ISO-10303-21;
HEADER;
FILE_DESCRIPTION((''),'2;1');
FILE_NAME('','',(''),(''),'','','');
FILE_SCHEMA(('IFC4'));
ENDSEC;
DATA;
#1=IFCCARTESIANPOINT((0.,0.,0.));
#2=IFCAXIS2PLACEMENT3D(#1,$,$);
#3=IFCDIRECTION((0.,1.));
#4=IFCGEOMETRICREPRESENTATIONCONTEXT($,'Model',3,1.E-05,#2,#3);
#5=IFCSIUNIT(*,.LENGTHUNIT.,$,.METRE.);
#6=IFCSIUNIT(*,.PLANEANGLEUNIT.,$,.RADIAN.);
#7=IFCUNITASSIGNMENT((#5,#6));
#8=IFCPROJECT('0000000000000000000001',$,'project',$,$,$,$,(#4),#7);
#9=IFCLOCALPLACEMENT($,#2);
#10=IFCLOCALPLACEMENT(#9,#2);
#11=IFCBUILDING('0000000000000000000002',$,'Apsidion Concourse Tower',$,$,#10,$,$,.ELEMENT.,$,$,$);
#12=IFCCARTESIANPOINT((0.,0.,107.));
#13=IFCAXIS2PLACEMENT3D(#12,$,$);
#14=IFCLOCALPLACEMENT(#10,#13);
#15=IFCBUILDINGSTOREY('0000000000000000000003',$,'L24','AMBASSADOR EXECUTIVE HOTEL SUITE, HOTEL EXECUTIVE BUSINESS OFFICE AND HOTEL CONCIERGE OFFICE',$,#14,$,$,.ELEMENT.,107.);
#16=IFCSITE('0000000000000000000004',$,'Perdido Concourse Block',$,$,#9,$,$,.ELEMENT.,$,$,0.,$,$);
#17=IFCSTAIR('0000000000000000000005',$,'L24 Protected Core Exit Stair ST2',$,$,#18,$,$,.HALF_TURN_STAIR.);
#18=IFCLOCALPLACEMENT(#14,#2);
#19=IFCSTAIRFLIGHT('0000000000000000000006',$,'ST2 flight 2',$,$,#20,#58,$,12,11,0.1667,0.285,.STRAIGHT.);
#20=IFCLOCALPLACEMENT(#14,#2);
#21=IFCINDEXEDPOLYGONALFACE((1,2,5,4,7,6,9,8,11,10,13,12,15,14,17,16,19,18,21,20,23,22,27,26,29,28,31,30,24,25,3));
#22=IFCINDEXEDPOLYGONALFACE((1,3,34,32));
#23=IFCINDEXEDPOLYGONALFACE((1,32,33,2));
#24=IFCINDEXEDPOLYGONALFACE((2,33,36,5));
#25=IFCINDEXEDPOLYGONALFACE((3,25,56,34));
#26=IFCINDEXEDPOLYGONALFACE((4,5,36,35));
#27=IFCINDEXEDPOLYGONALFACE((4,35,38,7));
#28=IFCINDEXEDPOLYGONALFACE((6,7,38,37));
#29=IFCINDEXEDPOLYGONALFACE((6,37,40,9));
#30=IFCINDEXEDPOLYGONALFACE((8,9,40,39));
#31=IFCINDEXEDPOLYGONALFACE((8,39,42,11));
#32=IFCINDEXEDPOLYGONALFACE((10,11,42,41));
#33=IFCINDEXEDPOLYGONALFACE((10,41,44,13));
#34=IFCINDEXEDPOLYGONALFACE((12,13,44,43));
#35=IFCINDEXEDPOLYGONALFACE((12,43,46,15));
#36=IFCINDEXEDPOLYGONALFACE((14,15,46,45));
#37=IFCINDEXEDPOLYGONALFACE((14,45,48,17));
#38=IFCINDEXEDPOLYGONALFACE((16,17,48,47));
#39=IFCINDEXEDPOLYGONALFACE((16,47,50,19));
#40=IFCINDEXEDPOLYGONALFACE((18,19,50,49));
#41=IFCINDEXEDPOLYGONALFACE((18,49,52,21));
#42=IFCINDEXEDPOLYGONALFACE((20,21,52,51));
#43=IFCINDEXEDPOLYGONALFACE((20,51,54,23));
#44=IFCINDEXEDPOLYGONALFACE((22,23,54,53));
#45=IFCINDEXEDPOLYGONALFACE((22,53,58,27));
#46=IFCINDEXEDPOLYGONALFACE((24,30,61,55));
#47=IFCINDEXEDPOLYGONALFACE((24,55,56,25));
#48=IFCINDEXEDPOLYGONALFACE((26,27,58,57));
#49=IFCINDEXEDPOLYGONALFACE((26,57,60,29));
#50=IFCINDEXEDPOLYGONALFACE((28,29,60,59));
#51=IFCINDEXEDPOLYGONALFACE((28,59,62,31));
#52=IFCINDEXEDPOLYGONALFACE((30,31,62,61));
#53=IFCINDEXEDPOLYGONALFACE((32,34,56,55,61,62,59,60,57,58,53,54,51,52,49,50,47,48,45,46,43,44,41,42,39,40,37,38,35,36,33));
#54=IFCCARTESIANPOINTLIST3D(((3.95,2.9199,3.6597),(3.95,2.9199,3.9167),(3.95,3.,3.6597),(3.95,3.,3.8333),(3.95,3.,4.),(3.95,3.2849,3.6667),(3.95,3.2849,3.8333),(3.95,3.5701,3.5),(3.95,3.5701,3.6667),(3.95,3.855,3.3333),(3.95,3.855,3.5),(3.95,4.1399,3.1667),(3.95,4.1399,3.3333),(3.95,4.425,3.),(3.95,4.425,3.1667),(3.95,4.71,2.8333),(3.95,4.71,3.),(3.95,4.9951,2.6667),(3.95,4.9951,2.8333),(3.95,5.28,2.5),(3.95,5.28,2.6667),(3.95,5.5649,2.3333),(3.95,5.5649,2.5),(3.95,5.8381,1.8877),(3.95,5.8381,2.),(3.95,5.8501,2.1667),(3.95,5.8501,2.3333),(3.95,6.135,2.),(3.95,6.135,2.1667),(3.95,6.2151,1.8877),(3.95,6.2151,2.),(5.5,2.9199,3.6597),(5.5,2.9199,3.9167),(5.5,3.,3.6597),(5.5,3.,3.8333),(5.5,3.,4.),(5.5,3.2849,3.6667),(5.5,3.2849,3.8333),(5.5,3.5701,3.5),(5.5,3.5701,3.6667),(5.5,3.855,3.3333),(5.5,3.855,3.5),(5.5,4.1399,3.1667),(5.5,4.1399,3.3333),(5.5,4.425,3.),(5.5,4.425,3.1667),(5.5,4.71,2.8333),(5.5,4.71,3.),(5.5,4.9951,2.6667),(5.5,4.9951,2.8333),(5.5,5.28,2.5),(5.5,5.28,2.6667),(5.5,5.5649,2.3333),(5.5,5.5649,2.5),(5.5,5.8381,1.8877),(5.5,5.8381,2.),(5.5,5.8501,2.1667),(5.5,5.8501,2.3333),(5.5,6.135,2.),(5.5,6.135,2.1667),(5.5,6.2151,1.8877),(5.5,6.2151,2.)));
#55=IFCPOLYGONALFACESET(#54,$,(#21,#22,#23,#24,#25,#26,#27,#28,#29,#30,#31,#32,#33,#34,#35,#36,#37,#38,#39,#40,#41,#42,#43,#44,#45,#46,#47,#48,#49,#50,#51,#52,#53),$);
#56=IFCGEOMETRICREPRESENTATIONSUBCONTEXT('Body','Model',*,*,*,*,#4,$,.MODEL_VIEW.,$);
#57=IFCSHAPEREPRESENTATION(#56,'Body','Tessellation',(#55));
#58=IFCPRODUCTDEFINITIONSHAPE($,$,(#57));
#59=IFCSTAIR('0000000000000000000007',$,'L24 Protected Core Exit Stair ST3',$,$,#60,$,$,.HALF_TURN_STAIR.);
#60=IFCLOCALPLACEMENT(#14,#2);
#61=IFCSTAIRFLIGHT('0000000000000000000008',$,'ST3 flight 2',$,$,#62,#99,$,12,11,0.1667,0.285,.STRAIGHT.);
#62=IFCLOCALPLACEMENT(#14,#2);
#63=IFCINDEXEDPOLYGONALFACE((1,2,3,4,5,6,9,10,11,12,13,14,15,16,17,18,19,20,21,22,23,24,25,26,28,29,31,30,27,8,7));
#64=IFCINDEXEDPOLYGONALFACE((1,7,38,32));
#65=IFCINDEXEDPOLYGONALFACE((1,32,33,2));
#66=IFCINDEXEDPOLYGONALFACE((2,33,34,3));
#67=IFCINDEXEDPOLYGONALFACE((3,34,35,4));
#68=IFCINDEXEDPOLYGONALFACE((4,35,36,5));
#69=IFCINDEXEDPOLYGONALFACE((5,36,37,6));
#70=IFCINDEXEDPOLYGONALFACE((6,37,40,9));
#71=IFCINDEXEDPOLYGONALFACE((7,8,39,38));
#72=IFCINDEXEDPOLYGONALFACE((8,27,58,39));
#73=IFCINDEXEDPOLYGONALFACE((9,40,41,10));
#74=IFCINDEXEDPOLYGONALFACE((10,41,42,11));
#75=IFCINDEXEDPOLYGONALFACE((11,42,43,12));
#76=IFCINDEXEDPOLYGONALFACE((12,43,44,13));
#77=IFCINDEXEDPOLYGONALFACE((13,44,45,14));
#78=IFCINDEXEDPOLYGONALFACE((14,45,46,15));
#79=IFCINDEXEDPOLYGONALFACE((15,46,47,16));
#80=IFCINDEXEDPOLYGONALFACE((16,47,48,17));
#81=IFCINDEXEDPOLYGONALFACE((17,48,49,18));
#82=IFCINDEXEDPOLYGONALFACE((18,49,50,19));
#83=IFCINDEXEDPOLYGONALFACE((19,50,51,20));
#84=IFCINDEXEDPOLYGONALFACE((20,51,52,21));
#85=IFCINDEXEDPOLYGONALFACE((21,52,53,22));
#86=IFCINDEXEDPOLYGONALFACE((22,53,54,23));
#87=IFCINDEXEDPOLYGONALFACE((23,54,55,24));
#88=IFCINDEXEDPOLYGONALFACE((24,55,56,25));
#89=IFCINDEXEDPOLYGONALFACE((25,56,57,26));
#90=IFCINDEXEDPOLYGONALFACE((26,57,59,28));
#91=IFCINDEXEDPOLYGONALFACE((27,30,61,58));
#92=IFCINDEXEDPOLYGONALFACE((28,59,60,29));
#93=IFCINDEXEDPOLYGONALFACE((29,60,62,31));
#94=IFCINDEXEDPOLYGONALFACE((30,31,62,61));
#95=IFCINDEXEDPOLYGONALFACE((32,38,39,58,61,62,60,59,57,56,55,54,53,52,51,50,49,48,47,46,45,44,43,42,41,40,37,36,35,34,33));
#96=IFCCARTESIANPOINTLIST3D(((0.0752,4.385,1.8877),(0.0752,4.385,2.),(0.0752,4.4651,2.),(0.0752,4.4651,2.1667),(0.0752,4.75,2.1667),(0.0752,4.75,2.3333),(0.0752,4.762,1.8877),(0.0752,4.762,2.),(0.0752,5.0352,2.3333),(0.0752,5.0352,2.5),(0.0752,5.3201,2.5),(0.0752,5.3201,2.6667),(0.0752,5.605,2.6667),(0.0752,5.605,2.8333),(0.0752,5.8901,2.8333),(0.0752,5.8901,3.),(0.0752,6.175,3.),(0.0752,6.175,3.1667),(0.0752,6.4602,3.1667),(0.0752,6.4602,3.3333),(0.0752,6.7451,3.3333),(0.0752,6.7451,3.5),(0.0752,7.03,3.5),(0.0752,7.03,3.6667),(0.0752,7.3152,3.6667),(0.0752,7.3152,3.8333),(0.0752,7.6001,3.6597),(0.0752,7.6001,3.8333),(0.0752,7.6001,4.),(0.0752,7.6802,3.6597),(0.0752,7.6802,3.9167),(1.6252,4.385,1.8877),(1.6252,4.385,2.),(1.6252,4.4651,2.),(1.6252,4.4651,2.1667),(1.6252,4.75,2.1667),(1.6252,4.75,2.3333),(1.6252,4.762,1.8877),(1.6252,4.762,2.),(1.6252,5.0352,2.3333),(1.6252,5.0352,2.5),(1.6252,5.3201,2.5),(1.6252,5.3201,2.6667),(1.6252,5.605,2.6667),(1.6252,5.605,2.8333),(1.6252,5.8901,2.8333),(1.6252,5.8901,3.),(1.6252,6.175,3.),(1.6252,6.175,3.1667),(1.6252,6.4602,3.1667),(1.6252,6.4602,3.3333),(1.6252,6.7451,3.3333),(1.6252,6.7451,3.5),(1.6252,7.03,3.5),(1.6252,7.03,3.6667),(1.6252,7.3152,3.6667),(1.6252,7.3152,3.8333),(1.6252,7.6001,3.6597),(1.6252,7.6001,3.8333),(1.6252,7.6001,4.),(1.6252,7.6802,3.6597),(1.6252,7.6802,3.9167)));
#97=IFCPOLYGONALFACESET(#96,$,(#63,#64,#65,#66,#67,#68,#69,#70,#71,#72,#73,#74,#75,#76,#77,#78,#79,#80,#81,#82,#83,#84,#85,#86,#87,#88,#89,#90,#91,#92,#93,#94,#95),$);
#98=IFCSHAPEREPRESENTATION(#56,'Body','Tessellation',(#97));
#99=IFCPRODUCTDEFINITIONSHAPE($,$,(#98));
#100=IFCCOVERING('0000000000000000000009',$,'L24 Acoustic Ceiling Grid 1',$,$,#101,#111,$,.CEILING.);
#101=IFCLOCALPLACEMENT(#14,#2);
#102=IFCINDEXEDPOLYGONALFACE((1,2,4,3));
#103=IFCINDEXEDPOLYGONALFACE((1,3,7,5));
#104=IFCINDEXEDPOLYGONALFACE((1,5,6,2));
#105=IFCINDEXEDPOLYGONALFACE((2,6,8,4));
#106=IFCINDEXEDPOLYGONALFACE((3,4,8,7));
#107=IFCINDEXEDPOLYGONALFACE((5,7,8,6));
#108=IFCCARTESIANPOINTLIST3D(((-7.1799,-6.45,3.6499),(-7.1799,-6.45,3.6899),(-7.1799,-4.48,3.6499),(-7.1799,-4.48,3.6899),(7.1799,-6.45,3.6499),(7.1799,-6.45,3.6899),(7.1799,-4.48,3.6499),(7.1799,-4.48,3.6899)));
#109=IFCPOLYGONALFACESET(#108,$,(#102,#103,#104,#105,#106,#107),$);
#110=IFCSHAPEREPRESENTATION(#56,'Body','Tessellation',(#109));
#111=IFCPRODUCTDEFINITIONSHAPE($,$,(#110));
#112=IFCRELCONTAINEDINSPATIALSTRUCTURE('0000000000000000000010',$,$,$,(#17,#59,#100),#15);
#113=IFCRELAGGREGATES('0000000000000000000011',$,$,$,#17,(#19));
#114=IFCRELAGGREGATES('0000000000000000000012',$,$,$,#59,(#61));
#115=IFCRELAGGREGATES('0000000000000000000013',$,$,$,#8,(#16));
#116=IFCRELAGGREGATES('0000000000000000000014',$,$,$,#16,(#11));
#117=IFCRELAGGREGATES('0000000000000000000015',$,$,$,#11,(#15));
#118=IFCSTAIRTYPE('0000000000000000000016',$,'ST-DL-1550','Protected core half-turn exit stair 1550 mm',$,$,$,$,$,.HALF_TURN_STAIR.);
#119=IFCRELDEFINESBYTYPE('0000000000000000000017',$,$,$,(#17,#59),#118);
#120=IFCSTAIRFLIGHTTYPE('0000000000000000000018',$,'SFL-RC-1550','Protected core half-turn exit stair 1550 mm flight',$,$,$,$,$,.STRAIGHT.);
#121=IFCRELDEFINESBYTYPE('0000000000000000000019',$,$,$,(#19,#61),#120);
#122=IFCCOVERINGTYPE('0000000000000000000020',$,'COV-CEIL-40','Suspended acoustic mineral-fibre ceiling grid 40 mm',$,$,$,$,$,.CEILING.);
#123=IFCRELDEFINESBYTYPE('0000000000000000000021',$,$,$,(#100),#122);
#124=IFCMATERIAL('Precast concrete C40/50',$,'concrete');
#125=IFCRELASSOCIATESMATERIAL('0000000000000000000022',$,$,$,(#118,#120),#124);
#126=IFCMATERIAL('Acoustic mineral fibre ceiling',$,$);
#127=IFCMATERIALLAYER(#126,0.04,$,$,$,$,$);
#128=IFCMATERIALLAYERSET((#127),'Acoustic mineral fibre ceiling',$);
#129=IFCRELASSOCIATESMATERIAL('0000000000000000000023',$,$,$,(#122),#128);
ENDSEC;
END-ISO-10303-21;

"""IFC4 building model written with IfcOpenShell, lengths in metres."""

from ifc_helpers import new_model, si_unit, direction, frame, origin, place, context, subcontext, project, spatial, polyline, outline, extrude, material, layer, layer_set, type_object, element, aggregate, save


model = new_model("IFC4")

# Units and contexts
model_context = context("Model", 3, precision=1e-05, world=origin(), true_north=direction((0.0, 1.0)))
body_context = subcontext(model_context, "Body", "Model", "MODEL_VIEW")
ifc_project = project(units=[si_unit("LENGTHUNIT", "METRE"), si_unit("PLANEANGLEUNIT", "RADIAN")], contexts=[model_context])

# Site, building, storey
site_placement = place(None, origin())
site = spatial("IfcSite", under=ifc_project, at=site_placement, Name="Perdido Concourse Block", CompositionType="ELEMENT", RefElevation=0.0)
building_placement = place(site_placement, origin())
building = spatial("IfcBuilding", under=site, at=building_placement, Name="Apsidion Concourse Tower", CompositionType="ELEMENT")
storey_placement = place(building_placement, frame((0.0, 0.0, 107.0)))
storey = spatial("IfcBuildingStorey", under=building, at=storey_placement, Name="L24", Description="AMBASSADOR EXECUTIVE HOTEL SUITE, HOTEL EXECUTIVE BUSINESS OFFICE AND HOTEL CONCIERGE OFFICE", CompositionType="ELEMENT", Elevation=107.0)

# Stair, stair flight
ifc_material_1 = material(Name="Precast concrete C40/50", Category="concrete")
stair_type = type_object("IfcStairType", Name="ST-DL-1550", Description="Protected core half-turn exit stair 1550 mm", PredefinedType="HALF_TURN_STAIR", material=ifc_material_1)
stair_1_placement = place(storey_placement, origin())
stair_1 = element("IfcStair", 1, at=stair_1_placement, inside=storey, type_object=stair_type, Name="L24 Protected Core Exit Stair ST2", PredefinedType="HALF_TURN_STAIR")
stair_flight_type = type_object("IfcStairFlightType", Name="SFL-RC-1550", Description="Protected core half-turn exit stair 1550 mm flight", PredefinedType="STRAIGHT", material=ifc_material_1)
stair_flight_1_placement = place(storey_placement, frame((4.7251, 6.135, 2.0), z_axis=(0.0, 0.0, 1.0), x_axis=(0.0, -1.0, 0.0)))
stair_flight_1 = element("IfcStairFlight", 2, at=stair_flight_1_placement, type_object=stair_flight_type, Name="ST2 flight 2", NumberOfRisers=12, NumberOfTreads=11, PredefinedType="STRAIGHT", RiserHeight=0.1667, TreadLength=0.285, context=body_context, shape_type="SweptSolid", body=[
    extrude(outline(polyline([(-0.0801, -0.1123), (-0.0801, 0.0), (0.0, 0.0), (0.0, 0.1667), (0.2849, 0.1667), (0.2849, 0.3333), (0.5701, 0.3333), (0.5701, 0.5), (0.855, 0.5), (0.855, 0.6667), (1.1399, 0.6667), (1.1399, 0.8333), (1.425, 0.8333), (1.425, 1.0), (1.71, 1.0), (1.71, 1.1667), (1.9951, 1.1667), (1.9951, 1.3333), (2.28, 1.3333), (2.28, 1.5), (2.5649, 1.5), (2.5649, 1.6667), (2.8501, 1.6667), (2.8501, 1.8333), (3.135, 1.8333), (3.135, 2.0), (3.2151, 1.9167), (3.2151, 1.6597), (3.135, 1.6597), (0.2969, 0.0), (0.2969, -0.1123), (-0.0801, -0.1123)])), frame((0.0, 0.7749, 0.0), z_axis=(0.0, -1.0, 0.0), x_axis=(1.0, 0.0, 0.0)), (0.0, 0.0, 1.0), 1.55),
])
aggregate(stair_1, [stair_flight_1])

# Stair, stair flight
stair_2_placement = place(storey_placement, origin())
stair_2 = element("IfcStair", 3, at=stair_2_placement, inside=storey, type_object=stair_type, Name="L24 Protected Core Exit Stair ST3", PredefinedType="HALF_TURN_STAIR")
stair_flight_2_placement = place(storey_placement, frame((0.8501, 4.4651, 2.0), z_axis=(0.0, 0.0, 1.0), x_axis=(0.0, 1.0, 0.0)))
stair_flight_2 = element("IfcStairFlight", 4, at=stair_flight_2_placement, type_object=stair_flight_type, Name="ST3 flight 2", NumberOfRisers=12, NumberOfTreads=11, PredefinedType="STRAIGHT", RiserHeight=0.1667, TreadLength=0.285, context=body_context, shape_type="SweptSolid", body=[
    extrude(outline(polyline([(-0.0801, -0.1123), (-0.0801, 0.0), (0.0, 0.0), (0.0, 0.1667), (0.2849, 0.1667), (0.2849, 0.3333), (0.5701, 0.3333), (0.5701, 0.5), (0.855, 0.5), (0.855, 0.6667), (1.1399, 0.6667), (1.1399, 0.8333), (1.425, 0.8333), (1.425, 1.0), (1.71, 1.0), (1.71, 1.1667), (1.9951, 1.1667), (1.9951, 1.3333), (2.28, 1.3333), (2.28, 1.5), (2.5649, 1.5), (2.5649, 1.6667), (2.8501, 1.6667), (2.8501, 1.8333), (3.135, 1.8333), (3.135, 2.0), (3.2151, 1.9167), (3.2151, 1.6597), (3.135, 1.6597), (0.2969, 0.0), (0.2969, -0.1123), (-0.0801, -0.1123)])), frame((0.0, 0.7749, 0.0), z_axis=(0.0, -1.0, 0.0), x_axis=(1.0, 0.0, 0.0)), (0.0, 0.0, 1.0), 1.55),
])
aggregate(stair_2, [stair_flight_2])

# Covering
ifc_material_2 = material(Name="Acoustic mineral fibre ceiling")
ifc_layer_1 = layer(ifc_material_2, 0.04)
ifc_layer_set_1 = layer_set([ifc_layer_1], Name="Acoustic mineral fibre ceiling")
covering_type_1 = type_object("IfcCoveringType", Name="COV-CEIL-40", Description="Suspended acoustic mineral-fibre ceiling grid 40 mm", PredefinedType="CEILING", material=ifc_layer_set_1)
covering_1_placement = place(storey_placement, frame((0.0, 0.0, 3.6499)))
element("IfcCovering", 5, at=covering_1_placement, inside=storey, type_object=covering_type_1, Name="L24 Acoustic Ceiling Grid 1", PredefinedType="CEILING", context=body_context, shape_type="SweptSolid", body=[
    extrude(outline(polyline([(-7.1799, -6.45), (-7.1799, -4.48), (7.1799, -4.48), (7.1799, -6.45), (-7.1799, -6.45)])), origin(), (0.0, 0.0, 1.0), 0.04),
])

save(model, "model.ifc")
